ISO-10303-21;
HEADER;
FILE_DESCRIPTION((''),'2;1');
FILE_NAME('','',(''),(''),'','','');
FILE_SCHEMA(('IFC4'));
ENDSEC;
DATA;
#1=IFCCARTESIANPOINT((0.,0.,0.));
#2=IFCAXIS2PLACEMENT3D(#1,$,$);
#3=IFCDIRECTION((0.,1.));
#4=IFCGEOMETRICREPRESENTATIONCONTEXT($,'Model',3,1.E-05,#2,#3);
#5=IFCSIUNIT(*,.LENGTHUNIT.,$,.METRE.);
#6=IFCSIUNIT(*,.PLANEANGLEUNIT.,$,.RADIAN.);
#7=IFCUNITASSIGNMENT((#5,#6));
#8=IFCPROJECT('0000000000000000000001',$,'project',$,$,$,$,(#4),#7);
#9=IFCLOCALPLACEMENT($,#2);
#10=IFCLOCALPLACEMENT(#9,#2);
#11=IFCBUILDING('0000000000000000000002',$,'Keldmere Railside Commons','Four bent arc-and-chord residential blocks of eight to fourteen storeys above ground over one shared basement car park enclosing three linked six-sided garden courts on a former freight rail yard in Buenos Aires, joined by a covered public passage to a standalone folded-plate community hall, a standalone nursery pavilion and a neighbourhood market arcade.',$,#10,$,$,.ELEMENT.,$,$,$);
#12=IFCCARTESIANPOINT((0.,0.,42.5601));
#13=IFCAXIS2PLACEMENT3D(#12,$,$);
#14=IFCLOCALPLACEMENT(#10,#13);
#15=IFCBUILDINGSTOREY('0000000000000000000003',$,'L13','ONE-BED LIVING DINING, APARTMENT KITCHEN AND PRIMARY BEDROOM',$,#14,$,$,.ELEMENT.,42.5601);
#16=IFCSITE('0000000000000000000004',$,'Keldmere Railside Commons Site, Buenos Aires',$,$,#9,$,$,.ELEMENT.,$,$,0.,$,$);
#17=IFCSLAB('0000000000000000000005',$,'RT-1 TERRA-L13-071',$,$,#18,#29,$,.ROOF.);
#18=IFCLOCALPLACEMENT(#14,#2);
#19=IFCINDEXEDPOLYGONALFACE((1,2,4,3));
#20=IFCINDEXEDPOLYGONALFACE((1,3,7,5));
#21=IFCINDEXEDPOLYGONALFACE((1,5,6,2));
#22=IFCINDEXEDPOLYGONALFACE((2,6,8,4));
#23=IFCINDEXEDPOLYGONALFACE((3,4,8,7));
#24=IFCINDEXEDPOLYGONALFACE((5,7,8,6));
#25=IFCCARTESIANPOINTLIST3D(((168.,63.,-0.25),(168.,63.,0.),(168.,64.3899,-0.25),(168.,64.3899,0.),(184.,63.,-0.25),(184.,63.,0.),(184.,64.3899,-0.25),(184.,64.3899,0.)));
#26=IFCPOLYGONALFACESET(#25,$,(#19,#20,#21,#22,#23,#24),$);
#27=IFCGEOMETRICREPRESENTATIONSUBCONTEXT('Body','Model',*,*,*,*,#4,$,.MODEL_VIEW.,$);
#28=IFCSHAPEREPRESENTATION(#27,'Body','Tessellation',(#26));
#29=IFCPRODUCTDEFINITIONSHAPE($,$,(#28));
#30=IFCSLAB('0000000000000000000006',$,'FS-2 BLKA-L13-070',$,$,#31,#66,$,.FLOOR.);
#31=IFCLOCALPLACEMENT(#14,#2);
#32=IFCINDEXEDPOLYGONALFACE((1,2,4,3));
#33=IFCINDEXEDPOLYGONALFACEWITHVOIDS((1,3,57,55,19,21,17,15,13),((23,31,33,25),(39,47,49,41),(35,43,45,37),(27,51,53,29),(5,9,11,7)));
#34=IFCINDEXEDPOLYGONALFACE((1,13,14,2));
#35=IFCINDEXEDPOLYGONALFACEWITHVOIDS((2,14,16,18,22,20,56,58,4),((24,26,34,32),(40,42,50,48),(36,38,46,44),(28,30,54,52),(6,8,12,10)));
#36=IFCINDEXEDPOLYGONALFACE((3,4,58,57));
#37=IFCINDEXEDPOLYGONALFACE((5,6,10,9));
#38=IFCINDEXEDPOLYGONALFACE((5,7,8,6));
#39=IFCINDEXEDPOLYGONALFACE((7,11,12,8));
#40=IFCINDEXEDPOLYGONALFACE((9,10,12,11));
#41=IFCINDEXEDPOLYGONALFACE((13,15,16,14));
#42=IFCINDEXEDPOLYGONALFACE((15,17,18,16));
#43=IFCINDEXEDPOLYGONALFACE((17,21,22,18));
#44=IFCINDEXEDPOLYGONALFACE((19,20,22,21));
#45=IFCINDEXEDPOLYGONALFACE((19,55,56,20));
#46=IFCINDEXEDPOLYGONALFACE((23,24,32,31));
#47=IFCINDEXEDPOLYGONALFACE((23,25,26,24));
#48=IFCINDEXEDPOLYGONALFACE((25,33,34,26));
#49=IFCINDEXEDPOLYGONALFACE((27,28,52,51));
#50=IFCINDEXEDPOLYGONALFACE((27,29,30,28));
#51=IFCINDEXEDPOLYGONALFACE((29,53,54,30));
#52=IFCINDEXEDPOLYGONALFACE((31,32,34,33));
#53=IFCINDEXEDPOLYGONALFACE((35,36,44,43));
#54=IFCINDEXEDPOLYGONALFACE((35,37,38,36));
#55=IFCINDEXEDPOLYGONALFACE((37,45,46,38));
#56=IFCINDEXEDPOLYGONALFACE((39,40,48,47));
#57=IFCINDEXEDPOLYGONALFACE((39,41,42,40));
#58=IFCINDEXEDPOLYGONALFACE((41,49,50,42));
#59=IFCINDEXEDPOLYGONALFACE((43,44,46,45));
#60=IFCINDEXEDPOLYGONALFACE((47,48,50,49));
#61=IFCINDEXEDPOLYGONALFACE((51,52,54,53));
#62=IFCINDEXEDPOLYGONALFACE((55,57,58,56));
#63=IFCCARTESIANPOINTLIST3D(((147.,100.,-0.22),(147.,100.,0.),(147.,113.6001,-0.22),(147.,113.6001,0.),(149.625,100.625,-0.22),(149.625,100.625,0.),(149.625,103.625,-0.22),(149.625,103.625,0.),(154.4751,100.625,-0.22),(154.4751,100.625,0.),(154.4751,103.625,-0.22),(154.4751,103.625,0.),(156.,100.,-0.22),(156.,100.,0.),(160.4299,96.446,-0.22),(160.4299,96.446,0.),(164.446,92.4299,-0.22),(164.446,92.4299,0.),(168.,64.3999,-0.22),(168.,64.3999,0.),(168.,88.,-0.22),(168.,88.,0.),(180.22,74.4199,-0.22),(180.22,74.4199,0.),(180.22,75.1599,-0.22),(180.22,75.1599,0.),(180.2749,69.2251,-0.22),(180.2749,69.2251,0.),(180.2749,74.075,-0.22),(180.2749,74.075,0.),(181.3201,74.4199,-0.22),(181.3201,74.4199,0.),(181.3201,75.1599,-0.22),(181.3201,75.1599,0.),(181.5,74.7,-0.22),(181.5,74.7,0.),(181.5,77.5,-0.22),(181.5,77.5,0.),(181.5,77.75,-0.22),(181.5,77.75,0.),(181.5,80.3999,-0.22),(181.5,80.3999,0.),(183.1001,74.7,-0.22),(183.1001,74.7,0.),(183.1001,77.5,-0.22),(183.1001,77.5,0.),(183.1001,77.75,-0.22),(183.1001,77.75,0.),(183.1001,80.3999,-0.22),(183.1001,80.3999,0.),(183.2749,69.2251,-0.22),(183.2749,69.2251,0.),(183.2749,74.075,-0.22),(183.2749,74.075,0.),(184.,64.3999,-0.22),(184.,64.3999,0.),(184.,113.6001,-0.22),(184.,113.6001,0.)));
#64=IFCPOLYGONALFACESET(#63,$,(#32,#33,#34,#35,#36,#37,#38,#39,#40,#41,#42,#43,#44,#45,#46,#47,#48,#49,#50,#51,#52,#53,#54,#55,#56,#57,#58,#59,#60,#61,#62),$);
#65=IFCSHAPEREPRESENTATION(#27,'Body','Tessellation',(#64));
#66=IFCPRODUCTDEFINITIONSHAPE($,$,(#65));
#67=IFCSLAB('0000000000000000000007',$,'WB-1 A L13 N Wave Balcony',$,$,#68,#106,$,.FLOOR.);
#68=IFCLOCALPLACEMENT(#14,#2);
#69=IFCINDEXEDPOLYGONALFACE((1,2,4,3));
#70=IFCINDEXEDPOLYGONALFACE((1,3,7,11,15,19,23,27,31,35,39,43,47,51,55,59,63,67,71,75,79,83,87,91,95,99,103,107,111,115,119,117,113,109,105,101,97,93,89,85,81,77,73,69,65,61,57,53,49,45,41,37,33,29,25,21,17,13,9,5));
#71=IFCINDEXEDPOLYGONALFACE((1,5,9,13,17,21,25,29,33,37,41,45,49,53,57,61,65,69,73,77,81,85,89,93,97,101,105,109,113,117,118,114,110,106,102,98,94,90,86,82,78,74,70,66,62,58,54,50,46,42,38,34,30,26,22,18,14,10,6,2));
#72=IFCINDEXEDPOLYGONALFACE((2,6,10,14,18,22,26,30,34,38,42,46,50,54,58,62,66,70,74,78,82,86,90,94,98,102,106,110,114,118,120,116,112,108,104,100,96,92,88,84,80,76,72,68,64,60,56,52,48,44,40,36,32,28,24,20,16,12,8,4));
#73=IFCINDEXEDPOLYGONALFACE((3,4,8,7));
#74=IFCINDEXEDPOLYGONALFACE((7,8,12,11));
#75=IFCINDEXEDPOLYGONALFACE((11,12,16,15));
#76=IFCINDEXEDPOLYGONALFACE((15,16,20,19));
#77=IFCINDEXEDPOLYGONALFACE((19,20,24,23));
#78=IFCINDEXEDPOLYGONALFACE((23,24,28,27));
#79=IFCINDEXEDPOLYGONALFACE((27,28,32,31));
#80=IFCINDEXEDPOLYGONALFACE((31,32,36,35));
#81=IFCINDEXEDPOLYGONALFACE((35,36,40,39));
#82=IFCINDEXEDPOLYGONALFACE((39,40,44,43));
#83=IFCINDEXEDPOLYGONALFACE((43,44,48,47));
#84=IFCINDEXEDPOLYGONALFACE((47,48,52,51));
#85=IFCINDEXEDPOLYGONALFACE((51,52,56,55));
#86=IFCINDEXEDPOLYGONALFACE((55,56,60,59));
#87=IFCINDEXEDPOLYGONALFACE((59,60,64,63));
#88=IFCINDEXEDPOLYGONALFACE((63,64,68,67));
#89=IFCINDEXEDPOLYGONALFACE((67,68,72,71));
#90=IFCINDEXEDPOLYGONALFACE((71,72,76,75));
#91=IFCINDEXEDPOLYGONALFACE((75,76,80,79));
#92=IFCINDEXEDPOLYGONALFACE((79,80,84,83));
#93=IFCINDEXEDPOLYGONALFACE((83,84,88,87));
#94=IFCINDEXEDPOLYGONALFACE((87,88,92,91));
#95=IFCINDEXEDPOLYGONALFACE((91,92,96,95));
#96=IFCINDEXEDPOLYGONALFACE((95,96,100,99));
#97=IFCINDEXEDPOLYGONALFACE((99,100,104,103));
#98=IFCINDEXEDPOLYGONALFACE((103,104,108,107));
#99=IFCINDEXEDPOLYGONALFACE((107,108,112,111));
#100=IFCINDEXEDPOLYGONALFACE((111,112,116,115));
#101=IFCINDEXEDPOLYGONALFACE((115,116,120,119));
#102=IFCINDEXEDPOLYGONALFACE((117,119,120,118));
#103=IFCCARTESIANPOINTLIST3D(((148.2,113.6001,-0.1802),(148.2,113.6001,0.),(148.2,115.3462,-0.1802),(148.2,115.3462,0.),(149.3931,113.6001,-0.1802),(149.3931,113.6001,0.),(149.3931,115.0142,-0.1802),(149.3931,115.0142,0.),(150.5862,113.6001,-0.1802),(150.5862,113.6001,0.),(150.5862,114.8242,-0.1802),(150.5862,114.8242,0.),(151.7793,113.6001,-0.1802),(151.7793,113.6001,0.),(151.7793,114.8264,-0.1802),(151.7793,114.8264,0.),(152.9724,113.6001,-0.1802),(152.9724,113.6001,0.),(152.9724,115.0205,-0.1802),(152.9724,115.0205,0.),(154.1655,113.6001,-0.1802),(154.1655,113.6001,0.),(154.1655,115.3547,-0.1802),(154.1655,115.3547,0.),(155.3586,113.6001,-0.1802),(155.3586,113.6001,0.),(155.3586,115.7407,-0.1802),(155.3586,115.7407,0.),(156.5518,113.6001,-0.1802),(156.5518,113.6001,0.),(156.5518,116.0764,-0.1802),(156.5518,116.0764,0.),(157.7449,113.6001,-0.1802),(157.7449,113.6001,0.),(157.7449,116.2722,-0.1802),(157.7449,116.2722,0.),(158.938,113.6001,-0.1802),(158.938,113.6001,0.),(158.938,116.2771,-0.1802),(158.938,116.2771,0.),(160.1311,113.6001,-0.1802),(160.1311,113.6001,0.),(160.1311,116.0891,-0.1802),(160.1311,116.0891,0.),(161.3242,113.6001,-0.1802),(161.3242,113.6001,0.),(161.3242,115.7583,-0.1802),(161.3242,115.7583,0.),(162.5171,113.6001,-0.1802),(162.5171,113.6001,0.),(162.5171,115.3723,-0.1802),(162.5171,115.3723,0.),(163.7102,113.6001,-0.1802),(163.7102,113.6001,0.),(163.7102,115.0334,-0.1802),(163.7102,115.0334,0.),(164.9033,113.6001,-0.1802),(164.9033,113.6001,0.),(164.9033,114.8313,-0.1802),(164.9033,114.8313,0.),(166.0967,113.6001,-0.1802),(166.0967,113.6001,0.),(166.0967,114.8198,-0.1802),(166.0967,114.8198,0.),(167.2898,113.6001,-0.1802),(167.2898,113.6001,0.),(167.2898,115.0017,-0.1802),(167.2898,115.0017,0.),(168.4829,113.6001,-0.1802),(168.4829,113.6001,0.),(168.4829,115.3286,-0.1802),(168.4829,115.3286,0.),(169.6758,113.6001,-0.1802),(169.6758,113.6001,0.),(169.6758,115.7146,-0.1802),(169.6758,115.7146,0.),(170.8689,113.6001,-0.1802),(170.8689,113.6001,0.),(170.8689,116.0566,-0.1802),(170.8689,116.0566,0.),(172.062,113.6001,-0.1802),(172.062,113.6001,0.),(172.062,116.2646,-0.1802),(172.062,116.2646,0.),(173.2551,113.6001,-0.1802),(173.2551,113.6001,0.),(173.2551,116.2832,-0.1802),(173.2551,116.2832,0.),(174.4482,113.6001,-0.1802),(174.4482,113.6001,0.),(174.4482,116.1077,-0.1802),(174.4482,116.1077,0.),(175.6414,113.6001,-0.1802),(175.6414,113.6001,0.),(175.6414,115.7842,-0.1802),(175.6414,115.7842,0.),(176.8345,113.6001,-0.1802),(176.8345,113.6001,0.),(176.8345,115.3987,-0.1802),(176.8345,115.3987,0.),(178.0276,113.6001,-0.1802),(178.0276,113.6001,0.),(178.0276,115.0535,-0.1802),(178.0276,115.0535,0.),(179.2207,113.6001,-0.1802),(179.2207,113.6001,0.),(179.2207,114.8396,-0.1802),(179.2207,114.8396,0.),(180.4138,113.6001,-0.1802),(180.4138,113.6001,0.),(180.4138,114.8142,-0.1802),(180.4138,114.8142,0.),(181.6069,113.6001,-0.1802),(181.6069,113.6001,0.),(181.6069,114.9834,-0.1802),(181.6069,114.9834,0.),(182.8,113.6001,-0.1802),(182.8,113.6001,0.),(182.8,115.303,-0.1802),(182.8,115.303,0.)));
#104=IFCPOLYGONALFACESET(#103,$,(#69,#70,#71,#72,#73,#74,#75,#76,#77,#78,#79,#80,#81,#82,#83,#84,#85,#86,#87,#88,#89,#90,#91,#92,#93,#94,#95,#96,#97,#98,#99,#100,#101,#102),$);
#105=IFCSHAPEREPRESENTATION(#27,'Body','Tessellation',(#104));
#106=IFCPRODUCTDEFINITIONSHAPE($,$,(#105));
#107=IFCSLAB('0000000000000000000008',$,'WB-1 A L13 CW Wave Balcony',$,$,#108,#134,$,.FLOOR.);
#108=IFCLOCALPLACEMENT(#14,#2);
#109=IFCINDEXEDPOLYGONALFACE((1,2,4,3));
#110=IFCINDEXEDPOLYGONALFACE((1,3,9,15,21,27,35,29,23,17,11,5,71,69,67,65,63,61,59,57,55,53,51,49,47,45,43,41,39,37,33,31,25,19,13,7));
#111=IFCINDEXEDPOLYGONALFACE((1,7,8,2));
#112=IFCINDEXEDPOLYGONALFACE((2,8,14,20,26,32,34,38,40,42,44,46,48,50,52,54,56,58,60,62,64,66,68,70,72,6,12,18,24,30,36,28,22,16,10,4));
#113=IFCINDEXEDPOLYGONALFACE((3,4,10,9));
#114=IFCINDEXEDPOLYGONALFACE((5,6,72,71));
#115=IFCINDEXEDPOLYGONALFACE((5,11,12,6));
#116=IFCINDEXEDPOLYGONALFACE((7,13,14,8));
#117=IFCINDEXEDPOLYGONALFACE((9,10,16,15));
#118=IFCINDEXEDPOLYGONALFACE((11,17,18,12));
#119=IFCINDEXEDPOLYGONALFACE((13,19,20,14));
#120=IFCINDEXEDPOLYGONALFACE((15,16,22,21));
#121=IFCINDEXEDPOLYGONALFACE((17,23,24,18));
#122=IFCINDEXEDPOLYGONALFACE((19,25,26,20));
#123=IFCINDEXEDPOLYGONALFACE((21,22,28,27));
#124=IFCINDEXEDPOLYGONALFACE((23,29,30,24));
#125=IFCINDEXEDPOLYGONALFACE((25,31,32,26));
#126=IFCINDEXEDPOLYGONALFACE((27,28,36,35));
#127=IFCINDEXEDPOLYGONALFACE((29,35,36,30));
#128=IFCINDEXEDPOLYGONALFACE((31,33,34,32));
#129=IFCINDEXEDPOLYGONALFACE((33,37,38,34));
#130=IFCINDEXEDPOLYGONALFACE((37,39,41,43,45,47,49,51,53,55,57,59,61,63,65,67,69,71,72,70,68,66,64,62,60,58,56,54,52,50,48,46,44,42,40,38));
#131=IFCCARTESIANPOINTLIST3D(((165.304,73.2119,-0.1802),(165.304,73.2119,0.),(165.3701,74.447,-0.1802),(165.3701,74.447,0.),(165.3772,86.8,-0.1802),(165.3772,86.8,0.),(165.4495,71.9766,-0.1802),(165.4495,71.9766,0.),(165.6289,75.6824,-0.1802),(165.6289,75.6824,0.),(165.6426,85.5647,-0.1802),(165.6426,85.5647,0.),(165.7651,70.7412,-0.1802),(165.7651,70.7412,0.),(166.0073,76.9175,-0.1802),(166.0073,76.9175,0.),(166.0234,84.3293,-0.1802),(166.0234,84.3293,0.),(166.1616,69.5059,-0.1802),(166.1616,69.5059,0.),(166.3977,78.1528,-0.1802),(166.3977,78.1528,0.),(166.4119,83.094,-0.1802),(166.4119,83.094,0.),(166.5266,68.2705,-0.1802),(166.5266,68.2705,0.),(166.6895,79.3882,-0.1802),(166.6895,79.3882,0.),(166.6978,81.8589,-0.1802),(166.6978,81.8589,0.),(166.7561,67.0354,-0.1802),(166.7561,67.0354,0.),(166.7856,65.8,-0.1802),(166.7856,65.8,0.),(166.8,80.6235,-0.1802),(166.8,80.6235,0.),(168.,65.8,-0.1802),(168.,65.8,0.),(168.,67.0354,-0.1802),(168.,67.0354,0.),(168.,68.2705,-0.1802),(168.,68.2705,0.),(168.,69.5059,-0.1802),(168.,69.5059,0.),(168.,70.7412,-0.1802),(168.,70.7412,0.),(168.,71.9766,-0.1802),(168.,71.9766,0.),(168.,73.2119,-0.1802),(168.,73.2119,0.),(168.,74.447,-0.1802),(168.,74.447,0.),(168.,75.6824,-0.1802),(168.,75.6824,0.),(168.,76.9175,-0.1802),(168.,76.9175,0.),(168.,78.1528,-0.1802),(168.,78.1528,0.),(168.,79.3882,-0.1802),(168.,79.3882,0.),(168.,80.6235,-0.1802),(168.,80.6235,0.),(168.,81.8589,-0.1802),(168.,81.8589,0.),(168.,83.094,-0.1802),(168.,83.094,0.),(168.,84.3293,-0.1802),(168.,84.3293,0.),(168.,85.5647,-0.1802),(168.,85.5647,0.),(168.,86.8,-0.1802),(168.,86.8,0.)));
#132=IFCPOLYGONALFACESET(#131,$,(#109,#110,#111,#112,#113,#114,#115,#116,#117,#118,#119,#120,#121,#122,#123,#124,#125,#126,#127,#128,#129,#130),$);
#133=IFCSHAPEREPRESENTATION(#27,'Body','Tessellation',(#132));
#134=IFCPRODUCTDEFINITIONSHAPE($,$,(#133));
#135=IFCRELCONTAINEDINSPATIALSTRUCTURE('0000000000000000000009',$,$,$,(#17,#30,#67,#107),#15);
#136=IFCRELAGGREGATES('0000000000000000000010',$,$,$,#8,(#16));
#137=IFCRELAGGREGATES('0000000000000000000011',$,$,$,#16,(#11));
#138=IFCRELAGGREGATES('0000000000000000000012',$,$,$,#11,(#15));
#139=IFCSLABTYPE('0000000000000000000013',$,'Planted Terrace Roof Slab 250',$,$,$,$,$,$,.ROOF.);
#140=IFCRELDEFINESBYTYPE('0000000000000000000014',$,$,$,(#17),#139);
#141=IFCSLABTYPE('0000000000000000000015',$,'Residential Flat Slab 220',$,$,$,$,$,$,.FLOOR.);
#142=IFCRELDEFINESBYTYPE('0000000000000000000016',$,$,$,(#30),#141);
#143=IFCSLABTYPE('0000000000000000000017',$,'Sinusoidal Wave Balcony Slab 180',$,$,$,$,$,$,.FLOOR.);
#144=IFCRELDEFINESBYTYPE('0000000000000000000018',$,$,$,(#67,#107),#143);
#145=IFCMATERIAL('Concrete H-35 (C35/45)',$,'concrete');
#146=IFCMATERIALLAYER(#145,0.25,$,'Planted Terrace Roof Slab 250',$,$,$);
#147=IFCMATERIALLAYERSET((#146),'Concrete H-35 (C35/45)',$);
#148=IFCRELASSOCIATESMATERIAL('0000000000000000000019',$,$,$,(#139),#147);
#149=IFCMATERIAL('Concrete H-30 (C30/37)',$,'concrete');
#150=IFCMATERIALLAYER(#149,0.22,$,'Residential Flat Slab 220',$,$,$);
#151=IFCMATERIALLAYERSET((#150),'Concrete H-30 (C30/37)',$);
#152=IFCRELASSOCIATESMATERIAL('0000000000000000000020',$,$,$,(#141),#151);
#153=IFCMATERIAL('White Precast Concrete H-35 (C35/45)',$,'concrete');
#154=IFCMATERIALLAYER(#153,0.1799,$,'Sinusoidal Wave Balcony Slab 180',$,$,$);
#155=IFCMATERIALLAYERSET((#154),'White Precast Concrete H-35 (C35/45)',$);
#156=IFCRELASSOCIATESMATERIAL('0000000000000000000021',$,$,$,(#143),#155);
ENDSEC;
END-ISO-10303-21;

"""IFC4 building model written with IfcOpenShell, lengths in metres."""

from ifc_helpers import new_model, si_unit, direction, frame, origin, place, context, subcontext, project, spatial, polyline, outline, extrude, material, layer, layer_set, type_object, element, save


model = new_model("IFC4")

# Units and contexts
model_context = context("Model", 3, precision=1e-05, world=origin(), true_north=direction((0.0, 1.0)))
body_context = subcontext(model_context, "Body", "Model", "MODEL_VIEW")
ifc_project = project(units=[si_unit("LENGTHUNIT", "METRE"), si_unit("PLANEANGLEUNIT", "RADIAN")], contexts=[model_context])

# Site, building, storey
site_placement = place(None, origin())
site = spatial("IfcSite", under=ifc_project, at=site_placement, Name="Keldmere Railside Commons Site, Buenos Aires", CompositionType="ELEMENT", RefElevation=0.0)
building_placement = place(site_placement, origin())
building = spatial("IfcBuilding", under=site, at=building_placement, Name="Keldmere Railside Commons", Description="Four bent arc-and-chord residential blocks of eight to fourteen storeys above ground over one shared basement car park enclosing three linked six-sided garden courts on a former freight rail yard in Buenos Aires, joined by a covered public passage to a standalone folded-plate community hall, a standalone nursery pavilion and a neighbourhood market arcade.", CompositionType="ELEMENT")
storey_placement = place(building_placement, frame((0.0, 0.0, 42.5601)))
storey = spatial("IfcBuildingStorey", under=building, at=storey_placement, Name="L13", Description="ONE-BED LIVING DINING, APARTMENT KITCHEN AND PRIMARY BEDROOM", CompositionType="ELEMENT", Elevation=42.5601)

# Slabs
ifc_material_1 = material(Name="Concrete H-35 (C35/45)", Category="concrete")
ifc_layer_1 = layer(ifc_material_1, 0.25, Name="Planted Terrace Roof Slab 250")
ifc_layer_set_1 = layer_set([ifc_layer_1], Name="Concrete H-35 (C35/45)")
slab_type_1 = type_object("IfcSlabType", Name="Planted Terrace Roof Slab 250", PredefinedType="ROOF", material=ifc_layer_set_1)
slab_1_placement = place(storey_placement, frame((0.0, 0.0, -0.25)))
element("IfcSlab", 1, at=slab_1_placement, inside=storey, type_object=slab_type_1, Name="RT-1 TERRA-L13-071", PredefinedType="ROOF", context=body_context, shape_type="SweptSolid", body=[
    extrude(outline(polyline([(184.0, 63.0), (184.0, 64.3899), (168.0, 64.3899), (168.0, 63.0), (184.0, 63.0)])), origin(), (0.0, 0.0, 1.0), 0.25),
])
ifc_material_2 = material(Name="Concrete H-30 (C30/37)", Category="concrete")
ifc_layer_2 = layer(ifc_material_2, 0.22, Name="Residential Flat Slab 220")
ifc_layer_set_2 = layer_set([ifc_layer_2], Name="Concrete H-30 (C30/37)")
slab_type_2 = type_object("IfcSlabType", Name="Residential Flat Slab 220", PredefinedType="FLOOR", material=ifc_layer_set_2)
slab_2_placement = place(storey_placement, frame((0.0, 0.0, -0.22)))
element("IfcSlab", 2, at=slab_2_placement, inside=storey, type_object=slab_type_2, Name="FS-2 BLKA-L13-070", PredefinedType="FLOOR", context=body_context, shape_type="SweptSolid", body=[
    extrude(outline(polyline([(168.0, 64.3999), (184.0, 64.3999), (184.0, 113.6001), (147.0, 113.6001), (147.0, 100.0), (156.0, 100.0), (160.4299, 96.446), (164.446, 92.4299), (168.0, 88.0), (168.0, 64.3999)]), holes=[polyline([(180.2749, 74.075), (183.2749, 74.075), (183.2749, 69.2251), (180.2749, 69.2251), (180.2749, 74.075)]), polyline([(180.22, 75.1599), (181.3201, 75.1599), (181.3201, 74.4199), (180.22, 74.4199), (180.22, 75.1599)]), polyline([(181.5, 77.5), (183.1001, 77.5), (183.1001, 74.7), (181.5, 74.7), (181.5, 77.5)]), polyline([(183.1001, 80.3999), (183.1001, 77.75), (181.5, 77.75), (181.5, 80.3999), (183.1001, 80.3999)]), polyline([(154.4751, 100.625), (149.625, 100.625), (149.625, 103.625), (154.4751, 103.625), (154.4751, 100.625)])]), origin(), (0.0, 0.0, 1.0), 0.22),
])
ifc_material_3 = material(Name="White Precast Concrete H-35 (C35/45)", Category="concrete")
ifc_layer_3 = layer(ifc_material_3, 0.1799, Name="Sinusoidal Wave Balcony Slab 180")
ifc_layer_set_3 = layer_set([ifc_layer_3], Name="White Precast Concrete H-35 (C35/45)")
slab_type_3 = type_object("IfcSlabType", Name="Sinusoidal Wave Balcony Slab 180", PredefinedType="FLOOR", material=ifc_layer_set_3)
slab_3_placement = place(storey_placement, frame((0.0, 0.0, -0.1802)))
element("IfcSlab", 3, at=slab_3_placement, inside=storey, type_object=slab_type_3, Name="WB-1 A L13 N Wave Balcony", PredefinedType="FLOOR", context=body_context, shape_type="SweptSolid", body=[
    extrude(outline(polyline([(148.2, 113.6001), (149.3931, 113.6001), (150.5862, 113.6001), (151.7793, 113.6001), (152.9724, 113.6001), (154.1655, 113.6001), (155.3586, 113.6001), (156.5518, 113.6001), (157.7449, 113.6001), (158.938, 113.6001), (160.1311, 113.6001), (161.3242, 113.6001), (162.5171, 113.6001), (163.7102, 113.6001), (164.9033, 113.6001), (166.0967, 113.6001), (167.2898, 113.6001), (168.4829, 113.6001), (169.6758, 113.6001), (170.8689, 113.6001), (172.062, 113.6001), (173.2551, 113.6001), (174.4482, 113.6001), (175.6414, 113.6001), (176.8345, 113.6001), (178.0276, 113.6001), (179.2207, 113.6001), (180.4138, 113.6001), (181.6069, 113.6001), (182.8, 113.6001), (182.8, 115.303), (181.6069, 114.9834), (180.4138, 114.8142), (179.2207, 114.8396), (178.0276, 115.0535), (176.8345, 115.3987), (175.6414, 115.7842), (174.4482, 116.1077), (173.2551, 116.2832), (172.062, 116.2646), (170.8689, 116.0566), (169.6758, 115.7146), (168.4829, 115.3286), (167.2898, 115.0017), (166.0967, 114.8198), (164.9033, 114.8313), (163.7102, 115.0334), (162.5171, 115.3723), (161.3242, 115.7583), (160.1311, 116.0891), (158.938, 116.2771), (157.7449, 116.2722), (156.5518, 116.0764), (155.3586, 115.7407), (154.1655, 115.3547), (152.9724, 115.0205), (151.7793, 114.8264), (150.5862, 114.8242), (149.3931, 115.0142), (148.2, 115.3462), (148.2, 113.6001)])), origin(), (0.0, 0.0, 1.0), 0.1802),
])
slab_4_placement = place(storey_placement, frame((0.0, 0.0, -0.1802)))
element("IfcSlab", 4, at=slab_4_placement, inside=storey, type_object=slab_type_3, Name="WB-1 A L13 CW Wave Balcony", PredefinedType="FLOOR", context=body_context, shape_type="SweptSolid", body=[
    extrude(outline(polyline([(168.0, 65.8), (168.0, 67.0354), (168.0, 68.2705), (168.0, 69.5059), (168.0, 70.7412), (168.0, 71.9766), (168.0, 73.2119), (168.0, 74.447), (168.0, 75.6824), (168.0, 76.9175), (168.0, 78.1528), (168.0, 79.3882), (168.0, 80.6235), (168.0, 81.8589), (168.0, 83.094), (168.0, 84.3293), (168.0, 85.5647), (168.0, 86.8), (165.3772, 86.8), (165.6426, 85.5647), (166.0234, 84.3293), (166.4119, 83.094), (166.6978, 81.8589), (166.8, 80.6235), (166.6895, 79.3882), (166.3977, 78.1528), (166.0073, 76.9175), (165.6289, 75.6824), (165.3701, 74.447), (165.304, 73.2119), (165.4495, 71.9766), (165.7651, 70.7412), (166.1616, 69.5059), (166.5266, 68.2705), (166.7561, 67.0354), (166.7856, 65.8), (168.0, 65.8)])), origin(), (0.0, 0.0, 1.0), 0.1802),
])

save(model, "model.ifc")
